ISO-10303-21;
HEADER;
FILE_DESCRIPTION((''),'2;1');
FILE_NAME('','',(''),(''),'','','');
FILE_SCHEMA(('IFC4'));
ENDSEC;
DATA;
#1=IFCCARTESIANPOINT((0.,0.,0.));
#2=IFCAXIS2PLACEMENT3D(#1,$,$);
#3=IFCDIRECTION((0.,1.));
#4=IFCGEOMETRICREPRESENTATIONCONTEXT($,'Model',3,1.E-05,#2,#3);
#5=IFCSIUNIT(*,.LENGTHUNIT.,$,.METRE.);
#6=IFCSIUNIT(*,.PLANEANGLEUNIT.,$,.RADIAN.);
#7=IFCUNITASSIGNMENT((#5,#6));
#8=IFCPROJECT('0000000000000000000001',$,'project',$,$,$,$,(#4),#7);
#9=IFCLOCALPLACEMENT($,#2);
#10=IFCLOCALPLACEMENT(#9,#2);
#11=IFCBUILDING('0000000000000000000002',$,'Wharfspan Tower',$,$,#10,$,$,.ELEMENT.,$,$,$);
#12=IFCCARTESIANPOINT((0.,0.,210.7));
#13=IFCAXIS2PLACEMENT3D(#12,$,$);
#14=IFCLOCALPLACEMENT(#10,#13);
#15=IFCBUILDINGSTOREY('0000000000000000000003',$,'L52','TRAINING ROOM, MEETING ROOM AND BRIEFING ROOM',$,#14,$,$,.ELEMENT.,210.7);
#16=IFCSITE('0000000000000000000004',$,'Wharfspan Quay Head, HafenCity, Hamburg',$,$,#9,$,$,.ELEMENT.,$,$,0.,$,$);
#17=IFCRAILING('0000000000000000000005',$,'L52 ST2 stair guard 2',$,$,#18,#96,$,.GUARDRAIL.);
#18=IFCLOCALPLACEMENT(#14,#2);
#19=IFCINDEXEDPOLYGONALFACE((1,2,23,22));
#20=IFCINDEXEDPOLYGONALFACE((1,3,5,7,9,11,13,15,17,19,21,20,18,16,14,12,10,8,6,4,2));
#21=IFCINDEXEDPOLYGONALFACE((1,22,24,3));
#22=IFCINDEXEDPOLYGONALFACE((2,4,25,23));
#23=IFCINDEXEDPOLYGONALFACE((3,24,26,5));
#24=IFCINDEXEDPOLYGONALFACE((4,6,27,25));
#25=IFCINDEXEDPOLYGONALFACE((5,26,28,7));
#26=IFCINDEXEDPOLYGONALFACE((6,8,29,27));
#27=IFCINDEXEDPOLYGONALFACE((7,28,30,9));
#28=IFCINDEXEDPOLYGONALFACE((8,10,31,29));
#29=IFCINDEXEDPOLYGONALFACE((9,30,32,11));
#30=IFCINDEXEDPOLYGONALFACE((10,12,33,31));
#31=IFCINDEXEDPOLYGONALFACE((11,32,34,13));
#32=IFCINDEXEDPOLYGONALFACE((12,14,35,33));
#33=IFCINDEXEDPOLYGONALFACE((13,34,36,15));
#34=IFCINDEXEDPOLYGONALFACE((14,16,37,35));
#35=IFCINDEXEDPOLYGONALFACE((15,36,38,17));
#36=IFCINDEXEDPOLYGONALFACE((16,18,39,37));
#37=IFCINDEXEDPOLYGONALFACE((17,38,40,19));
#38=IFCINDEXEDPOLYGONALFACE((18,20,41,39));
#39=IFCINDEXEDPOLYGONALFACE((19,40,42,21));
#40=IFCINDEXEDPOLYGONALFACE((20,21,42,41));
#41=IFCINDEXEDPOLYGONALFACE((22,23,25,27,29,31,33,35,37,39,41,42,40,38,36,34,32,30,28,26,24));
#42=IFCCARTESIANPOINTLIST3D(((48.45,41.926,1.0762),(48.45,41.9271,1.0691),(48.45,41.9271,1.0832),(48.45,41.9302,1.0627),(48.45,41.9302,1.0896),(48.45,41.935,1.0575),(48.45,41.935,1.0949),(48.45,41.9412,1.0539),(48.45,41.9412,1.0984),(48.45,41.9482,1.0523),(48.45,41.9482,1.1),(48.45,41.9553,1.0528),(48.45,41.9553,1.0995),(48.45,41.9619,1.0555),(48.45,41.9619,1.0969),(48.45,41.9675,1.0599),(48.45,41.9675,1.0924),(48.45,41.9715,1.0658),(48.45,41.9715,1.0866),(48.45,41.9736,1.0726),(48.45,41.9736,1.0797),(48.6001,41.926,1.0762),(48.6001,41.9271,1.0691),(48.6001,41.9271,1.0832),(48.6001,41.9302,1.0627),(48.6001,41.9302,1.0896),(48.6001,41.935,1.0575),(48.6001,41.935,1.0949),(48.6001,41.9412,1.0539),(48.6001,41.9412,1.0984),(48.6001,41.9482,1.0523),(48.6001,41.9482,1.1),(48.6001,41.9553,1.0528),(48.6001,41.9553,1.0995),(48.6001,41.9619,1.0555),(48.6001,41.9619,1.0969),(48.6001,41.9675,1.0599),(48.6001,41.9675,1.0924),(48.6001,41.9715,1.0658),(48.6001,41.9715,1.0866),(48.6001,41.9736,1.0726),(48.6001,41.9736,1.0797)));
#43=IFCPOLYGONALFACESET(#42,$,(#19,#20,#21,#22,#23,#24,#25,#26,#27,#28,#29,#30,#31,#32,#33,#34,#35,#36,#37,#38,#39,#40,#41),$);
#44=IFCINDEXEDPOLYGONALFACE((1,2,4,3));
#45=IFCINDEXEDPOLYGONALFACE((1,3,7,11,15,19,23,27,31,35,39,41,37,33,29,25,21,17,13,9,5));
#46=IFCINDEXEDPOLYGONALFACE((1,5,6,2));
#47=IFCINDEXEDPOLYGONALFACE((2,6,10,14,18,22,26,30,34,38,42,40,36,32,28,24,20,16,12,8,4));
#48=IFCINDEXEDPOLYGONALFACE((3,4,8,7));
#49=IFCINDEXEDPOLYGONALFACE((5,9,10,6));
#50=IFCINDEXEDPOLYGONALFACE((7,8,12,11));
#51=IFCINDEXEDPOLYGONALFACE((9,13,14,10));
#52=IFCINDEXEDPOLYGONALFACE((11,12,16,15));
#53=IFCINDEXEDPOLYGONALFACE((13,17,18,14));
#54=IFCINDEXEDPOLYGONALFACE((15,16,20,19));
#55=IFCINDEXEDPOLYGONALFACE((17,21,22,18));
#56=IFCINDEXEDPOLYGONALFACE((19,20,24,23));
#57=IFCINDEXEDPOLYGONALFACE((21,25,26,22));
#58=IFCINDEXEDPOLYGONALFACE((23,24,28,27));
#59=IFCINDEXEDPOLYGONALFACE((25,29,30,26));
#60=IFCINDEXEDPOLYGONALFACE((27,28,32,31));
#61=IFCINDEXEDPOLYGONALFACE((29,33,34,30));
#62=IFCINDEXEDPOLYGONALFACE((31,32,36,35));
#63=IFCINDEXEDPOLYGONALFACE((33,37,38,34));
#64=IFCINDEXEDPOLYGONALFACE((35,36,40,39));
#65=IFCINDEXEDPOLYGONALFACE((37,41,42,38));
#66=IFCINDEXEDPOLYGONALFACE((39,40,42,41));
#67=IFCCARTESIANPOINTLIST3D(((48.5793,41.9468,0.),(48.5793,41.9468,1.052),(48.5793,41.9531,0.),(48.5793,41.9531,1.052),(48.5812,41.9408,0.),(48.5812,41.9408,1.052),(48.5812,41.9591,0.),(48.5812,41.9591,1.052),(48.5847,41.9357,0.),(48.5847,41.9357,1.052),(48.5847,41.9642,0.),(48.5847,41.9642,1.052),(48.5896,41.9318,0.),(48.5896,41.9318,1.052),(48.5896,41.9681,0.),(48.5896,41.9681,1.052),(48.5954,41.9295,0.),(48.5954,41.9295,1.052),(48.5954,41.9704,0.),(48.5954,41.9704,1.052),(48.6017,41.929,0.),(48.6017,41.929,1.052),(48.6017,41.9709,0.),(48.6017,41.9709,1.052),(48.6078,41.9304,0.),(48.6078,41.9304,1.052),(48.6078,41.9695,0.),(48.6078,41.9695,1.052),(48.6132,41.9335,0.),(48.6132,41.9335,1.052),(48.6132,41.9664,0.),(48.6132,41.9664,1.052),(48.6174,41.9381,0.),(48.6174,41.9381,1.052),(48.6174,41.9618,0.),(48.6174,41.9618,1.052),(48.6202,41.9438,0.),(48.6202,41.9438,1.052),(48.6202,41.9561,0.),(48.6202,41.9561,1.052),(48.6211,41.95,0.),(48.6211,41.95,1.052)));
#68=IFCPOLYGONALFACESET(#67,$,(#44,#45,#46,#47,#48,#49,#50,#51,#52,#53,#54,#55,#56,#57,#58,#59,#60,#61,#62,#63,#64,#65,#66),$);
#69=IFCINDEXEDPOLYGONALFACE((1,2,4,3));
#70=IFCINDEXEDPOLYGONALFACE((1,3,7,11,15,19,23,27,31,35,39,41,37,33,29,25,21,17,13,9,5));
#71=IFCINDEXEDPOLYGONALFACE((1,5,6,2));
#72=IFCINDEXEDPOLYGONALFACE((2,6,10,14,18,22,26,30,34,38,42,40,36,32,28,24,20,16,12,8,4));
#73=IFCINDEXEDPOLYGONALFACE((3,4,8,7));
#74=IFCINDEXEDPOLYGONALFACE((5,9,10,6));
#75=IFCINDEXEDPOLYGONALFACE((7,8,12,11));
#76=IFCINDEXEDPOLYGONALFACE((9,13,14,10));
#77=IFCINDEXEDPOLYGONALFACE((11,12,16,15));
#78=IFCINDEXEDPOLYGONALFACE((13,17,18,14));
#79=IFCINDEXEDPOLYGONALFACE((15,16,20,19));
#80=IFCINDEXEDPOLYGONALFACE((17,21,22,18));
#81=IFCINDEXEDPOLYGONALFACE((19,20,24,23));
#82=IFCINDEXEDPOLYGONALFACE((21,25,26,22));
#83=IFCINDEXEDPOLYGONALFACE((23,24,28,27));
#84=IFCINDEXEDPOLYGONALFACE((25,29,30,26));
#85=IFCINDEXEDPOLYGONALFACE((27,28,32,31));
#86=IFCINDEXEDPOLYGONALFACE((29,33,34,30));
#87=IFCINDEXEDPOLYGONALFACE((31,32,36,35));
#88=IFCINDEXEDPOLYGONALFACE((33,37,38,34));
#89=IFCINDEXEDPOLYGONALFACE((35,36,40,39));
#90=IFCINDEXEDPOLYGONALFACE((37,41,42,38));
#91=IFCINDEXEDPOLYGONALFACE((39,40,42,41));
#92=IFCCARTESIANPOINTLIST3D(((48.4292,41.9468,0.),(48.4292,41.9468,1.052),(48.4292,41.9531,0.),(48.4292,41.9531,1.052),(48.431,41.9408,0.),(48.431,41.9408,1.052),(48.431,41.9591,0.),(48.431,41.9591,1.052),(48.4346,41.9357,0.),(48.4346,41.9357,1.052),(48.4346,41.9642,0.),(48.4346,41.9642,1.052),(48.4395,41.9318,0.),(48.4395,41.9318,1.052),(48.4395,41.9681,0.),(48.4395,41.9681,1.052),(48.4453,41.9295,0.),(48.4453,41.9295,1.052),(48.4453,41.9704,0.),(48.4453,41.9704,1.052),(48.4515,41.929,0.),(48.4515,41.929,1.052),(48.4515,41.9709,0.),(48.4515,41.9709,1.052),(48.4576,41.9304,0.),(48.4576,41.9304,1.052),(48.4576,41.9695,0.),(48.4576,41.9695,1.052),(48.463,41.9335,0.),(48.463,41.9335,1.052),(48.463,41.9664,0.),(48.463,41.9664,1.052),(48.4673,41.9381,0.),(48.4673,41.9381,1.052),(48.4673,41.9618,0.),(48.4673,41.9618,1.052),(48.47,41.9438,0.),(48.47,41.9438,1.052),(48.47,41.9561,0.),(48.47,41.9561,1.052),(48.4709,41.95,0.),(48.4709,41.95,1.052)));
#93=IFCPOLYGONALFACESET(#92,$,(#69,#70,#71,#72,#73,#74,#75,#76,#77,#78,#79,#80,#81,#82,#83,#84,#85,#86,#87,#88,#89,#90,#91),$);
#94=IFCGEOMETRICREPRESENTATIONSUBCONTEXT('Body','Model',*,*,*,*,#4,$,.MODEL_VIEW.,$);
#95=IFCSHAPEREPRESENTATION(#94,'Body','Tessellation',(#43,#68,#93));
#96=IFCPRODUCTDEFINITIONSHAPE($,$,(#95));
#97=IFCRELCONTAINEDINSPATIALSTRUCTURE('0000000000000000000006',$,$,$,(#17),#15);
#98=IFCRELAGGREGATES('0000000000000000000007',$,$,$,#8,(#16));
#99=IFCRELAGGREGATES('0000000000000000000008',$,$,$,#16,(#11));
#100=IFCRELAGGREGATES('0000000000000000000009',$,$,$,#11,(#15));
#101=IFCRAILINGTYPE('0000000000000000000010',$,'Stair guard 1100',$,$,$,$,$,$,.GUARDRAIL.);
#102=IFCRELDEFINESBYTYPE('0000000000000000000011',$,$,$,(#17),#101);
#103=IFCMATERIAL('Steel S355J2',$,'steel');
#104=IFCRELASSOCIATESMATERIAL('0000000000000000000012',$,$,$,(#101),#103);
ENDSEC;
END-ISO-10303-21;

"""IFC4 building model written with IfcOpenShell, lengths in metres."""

from ifc_helpers import new_model, si_unit, direction, frame, origin, origin_2d, place, context, subcontext, project, spatial, circle, extrude, material, type_object, element, save


model = new_model("IFC4")

# Units and contexts
model_context = context("Model", 3, precision=1e-05, world=origin(), true_north=direction((0.0, 1.0)))
body_context = subcontext(model_context, "Body", "Model", "MODEL_VIEW")
ifc_project = project(units=[si_unit("LENGTHUNIT", "METRE"), si_unit("PLANEANGLEUNIT", "RADIAN")], contexts=[model_context])

# Site, building, storey
site_placement = place(None, origin())
site = spatial("IfcSite", under=ifc_project, at=site_placement, Name="Wharfspan Quay Head, HafenCity, Hamburg", CompositionType="ELEMENT", RefElevation=0.0)
building_placement = place(site_placement, origin())
building = spatial("IfcBuilding", under=site, at=building_placement, Name="Wharfspan Tower", CompositionType="ELEMENT")
storey_placement = place(building_placement, frame((0.0, 0.0, 210.7)))
storey = spatial("IfcBuildingStorey", under=building, at=storey_placement, Name="L52", Description="TRAINING ROOM, MEETING ROOM AND BRIEFING ROOM", CompositionType="ELEMENT", Elevation=210.7)

# Shared definitions
ifc_material_1 = material(Name="Steel S355J2", Category="steel")

# Railing
railing_type_1 = type_object("IfcRailingType", Name="Stair guard 1100", PredefinedType="GUARDRAIL", material=ifc_material_1)
railing_1_placement = place(storey_placement, frame((48.6001, 41.95, 0.0)))
element("IfcRailing", 1, at=railing_1_placement, inside=storey, type_object=railing_type_1, Name="L52 ST2 stair guard 2", PredefinedType="GUARDRAIL", context=body_context, shape_type="SweptSolid", body=[
    extrude(circle(Radius=0.0239, at=origin_2d()), frame((0.0, 0.0, 1.0762), z_axis=(-1.0, 0.0, 0.0), x_axis=(0.0, -1.0, 0.0)), (0.0, 0.0, 1.0), 0.1501),
    extrude(circle(Radius=0.021, at=origin_2d()), origin(), (0.0, 0.0, 1.0), 1.052),
    extrude(circle(Radius=0.021, at=origin_2d()), frame((-0.1501, 0.0, 0.0)), (0.0, 0.0, 1.0), 1.052),
])

save(model, "model.ifc")
